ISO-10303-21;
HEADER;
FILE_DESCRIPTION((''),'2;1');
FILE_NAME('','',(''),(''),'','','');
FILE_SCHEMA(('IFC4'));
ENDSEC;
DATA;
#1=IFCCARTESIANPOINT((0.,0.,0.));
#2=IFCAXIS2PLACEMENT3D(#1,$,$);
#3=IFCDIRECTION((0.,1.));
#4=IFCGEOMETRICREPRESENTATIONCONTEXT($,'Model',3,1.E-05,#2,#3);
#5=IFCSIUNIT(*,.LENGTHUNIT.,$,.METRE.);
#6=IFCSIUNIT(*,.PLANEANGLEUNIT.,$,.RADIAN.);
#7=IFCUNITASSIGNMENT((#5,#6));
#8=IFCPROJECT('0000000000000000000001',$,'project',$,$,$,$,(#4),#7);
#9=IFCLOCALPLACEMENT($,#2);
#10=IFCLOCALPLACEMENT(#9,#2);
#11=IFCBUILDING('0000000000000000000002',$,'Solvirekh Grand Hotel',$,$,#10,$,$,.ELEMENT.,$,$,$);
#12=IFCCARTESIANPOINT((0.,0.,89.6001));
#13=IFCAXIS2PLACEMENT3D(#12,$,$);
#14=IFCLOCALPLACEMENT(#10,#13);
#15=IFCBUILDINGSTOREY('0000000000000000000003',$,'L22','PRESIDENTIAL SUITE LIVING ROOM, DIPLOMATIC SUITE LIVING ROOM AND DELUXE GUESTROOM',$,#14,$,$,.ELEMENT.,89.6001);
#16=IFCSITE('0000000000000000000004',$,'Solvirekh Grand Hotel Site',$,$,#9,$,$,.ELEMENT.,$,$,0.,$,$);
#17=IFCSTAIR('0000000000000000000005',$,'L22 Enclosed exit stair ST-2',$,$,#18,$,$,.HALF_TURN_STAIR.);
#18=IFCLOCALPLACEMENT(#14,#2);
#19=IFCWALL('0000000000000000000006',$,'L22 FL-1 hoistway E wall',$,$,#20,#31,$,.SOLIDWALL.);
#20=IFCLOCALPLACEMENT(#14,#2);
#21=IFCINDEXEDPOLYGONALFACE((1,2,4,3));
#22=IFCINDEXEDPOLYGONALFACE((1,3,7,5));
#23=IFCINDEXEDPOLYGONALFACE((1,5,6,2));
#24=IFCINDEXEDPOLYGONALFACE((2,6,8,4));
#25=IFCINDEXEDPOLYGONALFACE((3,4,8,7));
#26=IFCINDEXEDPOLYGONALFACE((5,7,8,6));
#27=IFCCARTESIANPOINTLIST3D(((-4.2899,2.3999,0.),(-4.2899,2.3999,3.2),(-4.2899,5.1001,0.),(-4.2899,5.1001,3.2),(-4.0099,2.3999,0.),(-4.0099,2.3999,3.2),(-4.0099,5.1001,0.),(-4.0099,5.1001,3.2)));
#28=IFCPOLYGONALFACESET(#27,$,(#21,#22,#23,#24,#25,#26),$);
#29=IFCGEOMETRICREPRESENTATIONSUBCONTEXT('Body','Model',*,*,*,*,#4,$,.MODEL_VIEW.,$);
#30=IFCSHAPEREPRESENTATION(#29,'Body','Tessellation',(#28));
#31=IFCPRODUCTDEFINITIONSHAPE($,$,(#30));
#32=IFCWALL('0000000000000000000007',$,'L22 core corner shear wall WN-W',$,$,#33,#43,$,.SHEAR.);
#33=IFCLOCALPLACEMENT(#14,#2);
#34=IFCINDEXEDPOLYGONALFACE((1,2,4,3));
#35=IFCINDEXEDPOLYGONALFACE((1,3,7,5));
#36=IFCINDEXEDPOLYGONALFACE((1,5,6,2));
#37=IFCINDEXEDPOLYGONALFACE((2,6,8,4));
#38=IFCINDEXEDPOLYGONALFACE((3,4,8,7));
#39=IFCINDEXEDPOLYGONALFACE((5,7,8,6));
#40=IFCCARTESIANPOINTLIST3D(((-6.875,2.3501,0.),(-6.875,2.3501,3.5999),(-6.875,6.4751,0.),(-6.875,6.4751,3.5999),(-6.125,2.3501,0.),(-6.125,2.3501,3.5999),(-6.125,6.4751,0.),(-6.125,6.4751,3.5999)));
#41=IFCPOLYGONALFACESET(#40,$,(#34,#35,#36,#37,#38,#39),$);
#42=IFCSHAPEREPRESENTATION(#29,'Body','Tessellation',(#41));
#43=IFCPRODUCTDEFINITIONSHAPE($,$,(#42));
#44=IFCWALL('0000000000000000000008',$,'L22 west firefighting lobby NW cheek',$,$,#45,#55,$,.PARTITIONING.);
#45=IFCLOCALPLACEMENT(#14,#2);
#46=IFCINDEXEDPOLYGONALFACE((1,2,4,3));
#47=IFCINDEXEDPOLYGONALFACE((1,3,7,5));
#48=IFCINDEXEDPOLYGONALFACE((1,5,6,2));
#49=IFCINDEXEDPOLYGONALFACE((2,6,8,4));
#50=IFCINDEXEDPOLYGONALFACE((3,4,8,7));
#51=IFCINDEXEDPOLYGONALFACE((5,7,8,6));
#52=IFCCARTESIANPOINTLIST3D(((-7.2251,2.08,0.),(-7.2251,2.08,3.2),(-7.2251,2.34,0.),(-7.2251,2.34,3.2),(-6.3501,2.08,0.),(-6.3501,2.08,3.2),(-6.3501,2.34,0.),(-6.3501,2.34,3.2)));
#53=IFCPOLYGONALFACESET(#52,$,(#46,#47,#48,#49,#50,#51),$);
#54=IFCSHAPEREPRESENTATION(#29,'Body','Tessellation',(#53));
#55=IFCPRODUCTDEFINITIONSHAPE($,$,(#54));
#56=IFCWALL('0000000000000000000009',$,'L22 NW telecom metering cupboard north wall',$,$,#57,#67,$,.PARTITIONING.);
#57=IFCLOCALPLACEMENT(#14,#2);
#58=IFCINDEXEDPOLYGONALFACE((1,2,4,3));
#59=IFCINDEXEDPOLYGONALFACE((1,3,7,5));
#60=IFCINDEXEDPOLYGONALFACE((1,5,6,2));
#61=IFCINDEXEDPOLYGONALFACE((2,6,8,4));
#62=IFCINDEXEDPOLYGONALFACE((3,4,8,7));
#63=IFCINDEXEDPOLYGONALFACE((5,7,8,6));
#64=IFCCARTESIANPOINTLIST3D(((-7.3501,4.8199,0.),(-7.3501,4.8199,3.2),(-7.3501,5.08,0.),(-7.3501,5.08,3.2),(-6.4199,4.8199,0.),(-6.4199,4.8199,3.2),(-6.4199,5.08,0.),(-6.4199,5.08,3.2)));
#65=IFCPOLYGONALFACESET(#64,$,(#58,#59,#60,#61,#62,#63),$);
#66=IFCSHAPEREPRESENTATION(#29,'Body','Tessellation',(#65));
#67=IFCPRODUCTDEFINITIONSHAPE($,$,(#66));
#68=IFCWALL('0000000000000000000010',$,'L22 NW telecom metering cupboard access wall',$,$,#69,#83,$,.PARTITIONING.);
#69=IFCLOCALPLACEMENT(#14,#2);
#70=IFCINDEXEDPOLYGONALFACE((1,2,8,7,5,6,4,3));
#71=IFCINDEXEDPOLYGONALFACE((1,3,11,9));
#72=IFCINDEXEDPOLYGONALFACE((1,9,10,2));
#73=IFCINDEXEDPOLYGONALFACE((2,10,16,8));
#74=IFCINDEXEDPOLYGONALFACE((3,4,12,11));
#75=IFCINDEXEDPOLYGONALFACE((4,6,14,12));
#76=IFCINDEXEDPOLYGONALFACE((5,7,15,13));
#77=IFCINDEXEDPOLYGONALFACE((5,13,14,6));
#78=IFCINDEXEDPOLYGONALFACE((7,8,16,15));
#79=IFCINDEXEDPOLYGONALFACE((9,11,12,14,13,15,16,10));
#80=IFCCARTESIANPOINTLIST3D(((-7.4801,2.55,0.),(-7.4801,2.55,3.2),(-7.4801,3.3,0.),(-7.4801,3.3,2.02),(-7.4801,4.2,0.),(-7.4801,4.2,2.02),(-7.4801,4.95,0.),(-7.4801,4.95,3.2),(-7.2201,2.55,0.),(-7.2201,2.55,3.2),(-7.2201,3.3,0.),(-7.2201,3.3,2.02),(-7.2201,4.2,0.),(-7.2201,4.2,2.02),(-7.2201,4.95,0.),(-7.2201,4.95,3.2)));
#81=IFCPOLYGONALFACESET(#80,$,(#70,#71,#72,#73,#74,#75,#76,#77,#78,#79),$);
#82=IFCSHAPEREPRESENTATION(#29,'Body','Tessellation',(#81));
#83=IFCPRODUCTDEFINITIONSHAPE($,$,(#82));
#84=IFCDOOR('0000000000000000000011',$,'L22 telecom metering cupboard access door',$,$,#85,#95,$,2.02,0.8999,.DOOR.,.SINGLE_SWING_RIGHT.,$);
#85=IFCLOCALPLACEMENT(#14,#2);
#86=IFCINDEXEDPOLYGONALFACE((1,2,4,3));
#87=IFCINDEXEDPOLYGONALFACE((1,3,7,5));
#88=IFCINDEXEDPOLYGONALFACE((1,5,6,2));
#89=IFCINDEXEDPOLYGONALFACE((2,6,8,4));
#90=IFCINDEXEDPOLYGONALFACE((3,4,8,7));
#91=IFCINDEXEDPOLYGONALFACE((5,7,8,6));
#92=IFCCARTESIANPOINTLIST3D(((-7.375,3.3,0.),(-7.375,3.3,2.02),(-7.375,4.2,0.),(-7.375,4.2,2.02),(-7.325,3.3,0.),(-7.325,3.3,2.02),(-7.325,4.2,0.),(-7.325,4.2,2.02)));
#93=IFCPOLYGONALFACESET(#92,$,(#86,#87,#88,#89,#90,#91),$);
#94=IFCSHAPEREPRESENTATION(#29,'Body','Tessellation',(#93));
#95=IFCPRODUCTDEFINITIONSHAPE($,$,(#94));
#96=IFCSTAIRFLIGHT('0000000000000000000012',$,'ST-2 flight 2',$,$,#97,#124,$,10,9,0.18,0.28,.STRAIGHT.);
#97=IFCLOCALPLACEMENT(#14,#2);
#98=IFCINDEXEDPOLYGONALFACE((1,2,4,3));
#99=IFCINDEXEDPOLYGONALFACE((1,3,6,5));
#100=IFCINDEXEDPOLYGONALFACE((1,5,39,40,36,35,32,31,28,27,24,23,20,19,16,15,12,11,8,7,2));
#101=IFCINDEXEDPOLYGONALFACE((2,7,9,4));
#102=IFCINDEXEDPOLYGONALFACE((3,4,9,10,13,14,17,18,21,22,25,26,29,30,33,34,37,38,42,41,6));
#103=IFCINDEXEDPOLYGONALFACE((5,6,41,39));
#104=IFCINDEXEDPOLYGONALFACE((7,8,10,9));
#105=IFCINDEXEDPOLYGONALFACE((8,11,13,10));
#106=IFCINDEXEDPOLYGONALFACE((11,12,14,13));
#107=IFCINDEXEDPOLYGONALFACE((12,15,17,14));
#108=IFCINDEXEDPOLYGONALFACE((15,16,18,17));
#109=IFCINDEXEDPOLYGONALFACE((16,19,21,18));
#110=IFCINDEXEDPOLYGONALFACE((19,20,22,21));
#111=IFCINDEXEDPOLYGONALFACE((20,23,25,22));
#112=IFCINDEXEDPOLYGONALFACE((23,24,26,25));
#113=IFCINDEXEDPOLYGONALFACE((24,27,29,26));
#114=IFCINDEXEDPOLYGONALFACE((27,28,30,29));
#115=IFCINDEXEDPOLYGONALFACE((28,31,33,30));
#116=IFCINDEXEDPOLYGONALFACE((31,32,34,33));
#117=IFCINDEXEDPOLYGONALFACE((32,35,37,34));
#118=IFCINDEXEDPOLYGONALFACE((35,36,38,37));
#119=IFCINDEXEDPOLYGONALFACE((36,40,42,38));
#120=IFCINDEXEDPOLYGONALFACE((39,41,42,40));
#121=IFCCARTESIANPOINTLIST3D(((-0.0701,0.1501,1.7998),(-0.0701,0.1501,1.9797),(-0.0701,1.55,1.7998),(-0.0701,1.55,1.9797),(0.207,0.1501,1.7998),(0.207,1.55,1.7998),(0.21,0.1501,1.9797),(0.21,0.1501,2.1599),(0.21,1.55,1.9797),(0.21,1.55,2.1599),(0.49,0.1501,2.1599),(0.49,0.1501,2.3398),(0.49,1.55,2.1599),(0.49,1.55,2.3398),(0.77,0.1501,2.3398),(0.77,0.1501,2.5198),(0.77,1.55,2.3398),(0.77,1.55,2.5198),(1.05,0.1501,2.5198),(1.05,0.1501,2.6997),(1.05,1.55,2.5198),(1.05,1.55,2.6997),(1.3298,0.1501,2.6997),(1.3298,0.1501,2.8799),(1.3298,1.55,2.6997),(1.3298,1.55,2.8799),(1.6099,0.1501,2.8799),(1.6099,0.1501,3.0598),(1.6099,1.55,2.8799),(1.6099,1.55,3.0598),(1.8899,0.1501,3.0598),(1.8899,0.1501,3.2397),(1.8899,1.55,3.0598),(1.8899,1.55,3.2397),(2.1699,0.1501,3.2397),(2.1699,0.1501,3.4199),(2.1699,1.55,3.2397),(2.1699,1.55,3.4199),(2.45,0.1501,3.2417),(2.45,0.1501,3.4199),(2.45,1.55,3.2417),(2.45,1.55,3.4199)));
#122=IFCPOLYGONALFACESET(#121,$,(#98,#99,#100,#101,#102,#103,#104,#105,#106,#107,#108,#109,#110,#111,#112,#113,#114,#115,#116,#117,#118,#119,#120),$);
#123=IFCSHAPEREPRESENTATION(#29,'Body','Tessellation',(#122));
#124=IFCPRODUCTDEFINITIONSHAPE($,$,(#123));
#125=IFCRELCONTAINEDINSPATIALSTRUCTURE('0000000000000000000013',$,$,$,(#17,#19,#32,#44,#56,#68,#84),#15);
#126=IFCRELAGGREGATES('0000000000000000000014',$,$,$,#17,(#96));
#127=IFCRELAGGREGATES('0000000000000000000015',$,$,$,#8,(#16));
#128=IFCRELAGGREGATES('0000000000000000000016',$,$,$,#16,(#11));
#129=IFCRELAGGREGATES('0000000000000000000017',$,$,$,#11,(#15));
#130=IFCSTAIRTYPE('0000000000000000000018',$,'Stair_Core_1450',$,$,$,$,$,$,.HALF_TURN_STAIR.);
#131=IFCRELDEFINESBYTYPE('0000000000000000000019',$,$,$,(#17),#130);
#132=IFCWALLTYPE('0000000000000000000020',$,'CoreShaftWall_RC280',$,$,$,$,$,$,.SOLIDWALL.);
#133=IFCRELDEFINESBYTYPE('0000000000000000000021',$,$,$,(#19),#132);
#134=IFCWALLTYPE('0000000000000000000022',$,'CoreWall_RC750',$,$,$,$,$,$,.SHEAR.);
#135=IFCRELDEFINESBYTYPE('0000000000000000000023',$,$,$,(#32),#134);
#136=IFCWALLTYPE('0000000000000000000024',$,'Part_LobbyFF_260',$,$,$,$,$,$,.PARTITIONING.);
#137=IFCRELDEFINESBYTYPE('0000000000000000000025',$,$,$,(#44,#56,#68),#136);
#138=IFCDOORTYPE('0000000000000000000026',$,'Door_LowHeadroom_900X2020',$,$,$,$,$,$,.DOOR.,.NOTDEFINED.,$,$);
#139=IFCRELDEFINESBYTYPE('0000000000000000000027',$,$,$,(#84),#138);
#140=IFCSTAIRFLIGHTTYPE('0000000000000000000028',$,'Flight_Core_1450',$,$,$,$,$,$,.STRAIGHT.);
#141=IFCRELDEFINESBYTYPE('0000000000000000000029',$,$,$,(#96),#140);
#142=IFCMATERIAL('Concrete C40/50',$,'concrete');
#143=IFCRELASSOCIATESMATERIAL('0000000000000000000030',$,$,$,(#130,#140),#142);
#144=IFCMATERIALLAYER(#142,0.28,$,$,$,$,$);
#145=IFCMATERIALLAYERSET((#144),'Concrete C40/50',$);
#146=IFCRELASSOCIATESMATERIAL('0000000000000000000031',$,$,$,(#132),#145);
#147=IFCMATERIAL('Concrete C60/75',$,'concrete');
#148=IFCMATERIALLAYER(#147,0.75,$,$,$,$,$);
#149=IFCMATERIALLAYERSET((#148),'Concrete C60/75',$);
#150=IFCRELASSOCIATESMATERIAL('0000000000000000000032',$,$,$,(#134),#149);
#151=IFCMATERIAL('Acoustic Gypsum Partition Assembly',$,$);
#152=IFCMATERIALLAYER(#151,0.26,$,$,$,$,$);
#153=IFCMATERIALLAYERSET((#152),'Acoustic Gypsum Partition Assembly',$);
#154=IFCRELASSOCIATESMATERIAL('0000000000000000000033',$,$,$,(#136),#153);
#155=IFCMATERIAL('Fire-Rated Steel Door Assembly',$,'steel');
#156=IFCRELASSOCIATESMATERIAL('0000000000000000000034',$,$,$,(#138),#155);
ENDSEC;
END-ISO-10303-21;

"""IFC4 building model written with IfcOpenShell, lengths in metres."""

from ifc_helpers import new_model, si_unit, direction, frame, frame_2d, origin, place, context, subcontext, project, spatial, polyline, rectangle, outline, extrude, material, layer, layer_set, type_object, element, fill, aggregate, save


model = new_model("IFC4")

# Units and contexts
model_context = context("Model", 3, precision=1e-05, world=origin(), true_north=direction((0.0, 1.0)))
body_context = subcontext(model_context, "Body", "Model", "MODEL_VIEW")
ifc_project = project(units=[si_unit("LENGTHUNIT", "METRE"), si_unit("PLANEANGLEUNIT", "RADIAN")], contexts=[model_context])

# Site, building, storey
site_placement = place(None, origin())
site = spatial("IfcSite", under=ifc_project, at=site_placement, Name="Solvirekh Grand Hotel Site", CompositionType="ELEMENT", RefElevation=0.0)
building_placement = place(site_placement, origin())
building = spatial("IfcBuilding", under=site, at=building_placement, Name="Solvirekh Grand Hotel", CompositionType="ELEMENT")
storey_placement = place(building_placement, frame((0.0, 0.0, 89.6001)))
storey = spatial("IfcBuildingStorey", under=building, at=storey_placement, Name="L22", Description="PRESIDENTIAL SUITE LIVING ROOM, DIPLOMATIC SUITE LIVING ROOM AND DELUXE GUESTROOM", CompositionType="ELEMENT", Elevation=89.6001)

# Stair
ifc_material_1 = material(Name="Concrete C40/50", Category="concrete")
stair_type = type_object("IfcStairType", Name="Stair_Core_1450", PredefinedType="HALF_TURN_STAIR", material=ifc_material_1)
stair_1_placement = place(storey_placement, origin())
stair_1 = element("IfcStair", 1, at=stair_1_placement, inside=storey, type_object=stair_type, Name="L22 Enclosed exit stair ST-2", PredefinedType="HALF_TURN_STAIR")

# Shared definitions
ifc_layer_1 = layer(ifc_material_1, 0.28)
ifc_layer_set_1 = layer_set([ifc_layer_1], Name="Concrete C40/50")
wall_type_1 = type_object("IfcWallType", Name="CoreShaftWall_RC280", PredefinedType="SOLIDWALL", material=ifc_layer_set_1)

# Shared definitions
ifc_material_2 = material(Name="Fire-Rated Steel Door Assembly", Category="steel")

# Walls
wall_1_placement = place(storey_placement, frame((-4.1499, 2.3999, 0.0), z_axis=(0.0, 0.0, 1.0), x_axis=(0.0, 1.0, 0.0)))
element("IfcWall", 2, at=wall_1_placement, inside=storey, type_object=wall_type_1, Name="L22 FL-1 hoistway E wall", PredefinedType="SOLIDWALL", context=body_context, shape_type="SweptSolid", body=[
    extrude(rectangle(XDim=2.7002, YDim=0.28, at=frame_2d((1.3501, 0.0))), origin(), (0.0, 0.0, 1.0), 3.2),
])
ifc_material_3 = material(Name="Concrete C60/75", Category="concrete")
ifc_layer_2 = layer(ifc_material_3, 0.75)
ifc_layer_set_2 = layer_set([ifc_layer_2], Name="Concrete C60/75")
wall_type_2 = type_object("IfcWallType", Name="CoreWall_RC750", PredefinedType="SHEAR", material=ifc_layer_set_2)
wall_2_placement = place(storey_placement, frame((-6.5, 2.3501, 0.0), z_axis=(0.0, 0.0, 1.0), x_axis=(0.0, 1.0, 0.0)))
element("IfcWall", 3, at=wall_2_placement, inside=storey, type_object=wall_type_2, Name="L22 core corner shear wall WN-W", PredefinedType="SHEAR", context=body_context, shape_type="SweptSolid", body=[
    extrude(rectangle(XDim=4.125, YDim=0.75, at=frame_2d((2.0625, 0.0))), origin(), (0.0, 0.0, 1.0), 3.5999),
])
ifc_material_4 = material(Name="Acoustic Gypsum Partition Assembly")
ifc_layer_3 = layer(ifc_material_4, 0.26)
ifc_layer_set_3 = layer_set([ifc_layer_3], Name="Acoustic Gypsum Partition Assembly")
wall_type_3 = type_object("IfcWallType", Name="Part_LobbyFF_260", PredefinedType="PARTITIONING", material=ifc_layer_set_3)
wall_3_placement = place(storey_placement, frame((-7.2251, 2.21, 0.0), z_axis=(0.0, 0.0, 1.0), x_axis=(1.0, 0.0, 0.0)))
element("IfcWall", 4, at=wall_3_placement, inside=storey, type_object=wall_type_3, Name="L22 west firefighting lobby NW cheek", PredefinedType="PARTITIONING", context=body_context, shape_type="SweptSolid", body=[
    extrude(rectangle(XDim=0.875, YDim=0.26, at=frame_2d((0.4375, 0.0))), origin(), (0.0, 0.0, 1.0), 3.2),
])
wall_4_placement = place(storey_placement, frame((-7.3501, 4.95, 0.0), z_axis=(0.0, 0.0, 1.0), x_axis=(1.0, 0.0, 0.0)))
element("IfcWall", 5, at=wall_4_placement, inside=storey, type_object=wall_type_3, Name="L22 NW telecom metering cupboard north wall", PredefinedType="PARTITIONING", context=body_context, shape_type="SweptSolid", body=[
    extrude(rectangle(XDim=0.9302, YDim=0.26, at=frame_2d((0.4651, 0.0))), origin(), (0.0, 0.0, 1.0), 3.2),
])

# Wall, opening, door
wall_5_placement = place(storey_placement, frame((-7.3501, 2.55, 0.0), z_axis=(0.0, 0.0, 1.0), x_axis=(0.0, 1.0, 0.0)))
wall_5 = element("IfcWall", 6, at=wall_5_placement, inside=storey, type_object=wall_type_3, Name="L22 NW telecom metering cupboard access wall", PredefinedType="PARTITIONING", context=body_context, shape_type="SweptSolid", body=[
    extrude(rectangle(XDim=2.3999, YDim=0.26, at=frame_2d((1.2, 0.0))), origin(), (0.0, 0.0, 1.0), 3.2),
])
opening_1_placement = place(wall_5_placement, frame((0.75, 0.0, 0.0)))
opening_1 = element("IfcOpeningElement", 7, at=opening_1_placement, cuts=wall_5, PredefinedType="OPENING", context=body_context, shape_type="SweptSolid", body=[
    extrude(rectangle(XDim=0.8999, YDim=2.02, at=frame_2d((0.45, 1.01))), frame((0.0, 0.1401, 0.0), z_axis=(0.0, -1.0, 0.0), x_axis=(1.0, 0.0, 0.0)), (0.0, 0.0, 1.0), 0.28),
])
door_type_1 = type_object("IfcDoorType", Name="Door_LowHeadroom_900X2020", OperationType="NOTDEFINED", PredefinedType="DOOR", material=ifc_material_2)
door_1_placement = place(opening_1_placement, origin())
door_1 = element("IfcDoor", 8, at=door_1_placement, inside=storey, type_object=door_type_1, Name="L22 telecom metering cupboard access door", OperationType="SINGLE_SWING_RIGHT", OverallHeight=2.02, OverallWidth=0.8999, PredefinedType="DOOR", context=body_context, shape_type="SweptSolid", body=[
    extrude(rectangle(XDim=0.8999, YDim=2.02, at=frame_2d((0.45, 1.01))), frame((0.0, 0.0249, 0.0), z_axis=(0.0, -1.0, 0.0), x_axis=(1.0, 0.0, 0.0)), (0.0, 0.0, 1.0), 0.05),
])
fill(opening_1, door_1)

# Stair flight
stair_flight_type = type_object("IfcStairFlightType", Name="Flight_Core_1450", PredefinedType="STRAIGHT", material=ifc_material_1)
stair_flight_placement = place(storey_placement, frame((-0.0701, 0.8501, 1.7998), z_axis=(0.0, 0.0, 1.0), x_axis=(1.0, 0.0, 0.0)))
stair_flight = element("IfcStairFlight", 9, at=stair_flight_placement, type_object=stair_flight_type, Name="ST-2 flight 2", NumberOfRisers=10, NumberOfTreads=9, PredefinedType="STRAIGHT", RiserHeight=0.18, TreadLength=0.28, context=body_context, shape_type="SweptSolid", body=[
    extrude(outline(polyline([(0.0, 0.0), (0.0, 0.1799), (0.28, 0.1799), (0.28, 0.3601), (0.5601, 0.3601), (0.5601, 0.54), (0.8401, 0.54), (0.8401, 0.72), (1.1201, 0.72), (1.1201, 0.8999), (1.3999, 0.8999), (1.3999, 1.0801), (1.6799, 1.0801), (1.6799, 1.26), (1.96, 1.26), (1.96, 1.4399), (2.24, 1.4399), (2.24, 1.6201), (2.52, 1.6201), (2.52, 1.8), (2.52, 1.4419), (0.2771, 0.0), (0.0, 0.0)])), frame((0.0, 0.7, 0.0), z_axis=(0.0, -1.0, 0.0), x_axis=(1.0, 0.0, 0.0)), (0.0, 0.0, 1.0), 1.3999),
])
aggregate(stair_1, [stair_flight])

save(model, "model.ifc")
